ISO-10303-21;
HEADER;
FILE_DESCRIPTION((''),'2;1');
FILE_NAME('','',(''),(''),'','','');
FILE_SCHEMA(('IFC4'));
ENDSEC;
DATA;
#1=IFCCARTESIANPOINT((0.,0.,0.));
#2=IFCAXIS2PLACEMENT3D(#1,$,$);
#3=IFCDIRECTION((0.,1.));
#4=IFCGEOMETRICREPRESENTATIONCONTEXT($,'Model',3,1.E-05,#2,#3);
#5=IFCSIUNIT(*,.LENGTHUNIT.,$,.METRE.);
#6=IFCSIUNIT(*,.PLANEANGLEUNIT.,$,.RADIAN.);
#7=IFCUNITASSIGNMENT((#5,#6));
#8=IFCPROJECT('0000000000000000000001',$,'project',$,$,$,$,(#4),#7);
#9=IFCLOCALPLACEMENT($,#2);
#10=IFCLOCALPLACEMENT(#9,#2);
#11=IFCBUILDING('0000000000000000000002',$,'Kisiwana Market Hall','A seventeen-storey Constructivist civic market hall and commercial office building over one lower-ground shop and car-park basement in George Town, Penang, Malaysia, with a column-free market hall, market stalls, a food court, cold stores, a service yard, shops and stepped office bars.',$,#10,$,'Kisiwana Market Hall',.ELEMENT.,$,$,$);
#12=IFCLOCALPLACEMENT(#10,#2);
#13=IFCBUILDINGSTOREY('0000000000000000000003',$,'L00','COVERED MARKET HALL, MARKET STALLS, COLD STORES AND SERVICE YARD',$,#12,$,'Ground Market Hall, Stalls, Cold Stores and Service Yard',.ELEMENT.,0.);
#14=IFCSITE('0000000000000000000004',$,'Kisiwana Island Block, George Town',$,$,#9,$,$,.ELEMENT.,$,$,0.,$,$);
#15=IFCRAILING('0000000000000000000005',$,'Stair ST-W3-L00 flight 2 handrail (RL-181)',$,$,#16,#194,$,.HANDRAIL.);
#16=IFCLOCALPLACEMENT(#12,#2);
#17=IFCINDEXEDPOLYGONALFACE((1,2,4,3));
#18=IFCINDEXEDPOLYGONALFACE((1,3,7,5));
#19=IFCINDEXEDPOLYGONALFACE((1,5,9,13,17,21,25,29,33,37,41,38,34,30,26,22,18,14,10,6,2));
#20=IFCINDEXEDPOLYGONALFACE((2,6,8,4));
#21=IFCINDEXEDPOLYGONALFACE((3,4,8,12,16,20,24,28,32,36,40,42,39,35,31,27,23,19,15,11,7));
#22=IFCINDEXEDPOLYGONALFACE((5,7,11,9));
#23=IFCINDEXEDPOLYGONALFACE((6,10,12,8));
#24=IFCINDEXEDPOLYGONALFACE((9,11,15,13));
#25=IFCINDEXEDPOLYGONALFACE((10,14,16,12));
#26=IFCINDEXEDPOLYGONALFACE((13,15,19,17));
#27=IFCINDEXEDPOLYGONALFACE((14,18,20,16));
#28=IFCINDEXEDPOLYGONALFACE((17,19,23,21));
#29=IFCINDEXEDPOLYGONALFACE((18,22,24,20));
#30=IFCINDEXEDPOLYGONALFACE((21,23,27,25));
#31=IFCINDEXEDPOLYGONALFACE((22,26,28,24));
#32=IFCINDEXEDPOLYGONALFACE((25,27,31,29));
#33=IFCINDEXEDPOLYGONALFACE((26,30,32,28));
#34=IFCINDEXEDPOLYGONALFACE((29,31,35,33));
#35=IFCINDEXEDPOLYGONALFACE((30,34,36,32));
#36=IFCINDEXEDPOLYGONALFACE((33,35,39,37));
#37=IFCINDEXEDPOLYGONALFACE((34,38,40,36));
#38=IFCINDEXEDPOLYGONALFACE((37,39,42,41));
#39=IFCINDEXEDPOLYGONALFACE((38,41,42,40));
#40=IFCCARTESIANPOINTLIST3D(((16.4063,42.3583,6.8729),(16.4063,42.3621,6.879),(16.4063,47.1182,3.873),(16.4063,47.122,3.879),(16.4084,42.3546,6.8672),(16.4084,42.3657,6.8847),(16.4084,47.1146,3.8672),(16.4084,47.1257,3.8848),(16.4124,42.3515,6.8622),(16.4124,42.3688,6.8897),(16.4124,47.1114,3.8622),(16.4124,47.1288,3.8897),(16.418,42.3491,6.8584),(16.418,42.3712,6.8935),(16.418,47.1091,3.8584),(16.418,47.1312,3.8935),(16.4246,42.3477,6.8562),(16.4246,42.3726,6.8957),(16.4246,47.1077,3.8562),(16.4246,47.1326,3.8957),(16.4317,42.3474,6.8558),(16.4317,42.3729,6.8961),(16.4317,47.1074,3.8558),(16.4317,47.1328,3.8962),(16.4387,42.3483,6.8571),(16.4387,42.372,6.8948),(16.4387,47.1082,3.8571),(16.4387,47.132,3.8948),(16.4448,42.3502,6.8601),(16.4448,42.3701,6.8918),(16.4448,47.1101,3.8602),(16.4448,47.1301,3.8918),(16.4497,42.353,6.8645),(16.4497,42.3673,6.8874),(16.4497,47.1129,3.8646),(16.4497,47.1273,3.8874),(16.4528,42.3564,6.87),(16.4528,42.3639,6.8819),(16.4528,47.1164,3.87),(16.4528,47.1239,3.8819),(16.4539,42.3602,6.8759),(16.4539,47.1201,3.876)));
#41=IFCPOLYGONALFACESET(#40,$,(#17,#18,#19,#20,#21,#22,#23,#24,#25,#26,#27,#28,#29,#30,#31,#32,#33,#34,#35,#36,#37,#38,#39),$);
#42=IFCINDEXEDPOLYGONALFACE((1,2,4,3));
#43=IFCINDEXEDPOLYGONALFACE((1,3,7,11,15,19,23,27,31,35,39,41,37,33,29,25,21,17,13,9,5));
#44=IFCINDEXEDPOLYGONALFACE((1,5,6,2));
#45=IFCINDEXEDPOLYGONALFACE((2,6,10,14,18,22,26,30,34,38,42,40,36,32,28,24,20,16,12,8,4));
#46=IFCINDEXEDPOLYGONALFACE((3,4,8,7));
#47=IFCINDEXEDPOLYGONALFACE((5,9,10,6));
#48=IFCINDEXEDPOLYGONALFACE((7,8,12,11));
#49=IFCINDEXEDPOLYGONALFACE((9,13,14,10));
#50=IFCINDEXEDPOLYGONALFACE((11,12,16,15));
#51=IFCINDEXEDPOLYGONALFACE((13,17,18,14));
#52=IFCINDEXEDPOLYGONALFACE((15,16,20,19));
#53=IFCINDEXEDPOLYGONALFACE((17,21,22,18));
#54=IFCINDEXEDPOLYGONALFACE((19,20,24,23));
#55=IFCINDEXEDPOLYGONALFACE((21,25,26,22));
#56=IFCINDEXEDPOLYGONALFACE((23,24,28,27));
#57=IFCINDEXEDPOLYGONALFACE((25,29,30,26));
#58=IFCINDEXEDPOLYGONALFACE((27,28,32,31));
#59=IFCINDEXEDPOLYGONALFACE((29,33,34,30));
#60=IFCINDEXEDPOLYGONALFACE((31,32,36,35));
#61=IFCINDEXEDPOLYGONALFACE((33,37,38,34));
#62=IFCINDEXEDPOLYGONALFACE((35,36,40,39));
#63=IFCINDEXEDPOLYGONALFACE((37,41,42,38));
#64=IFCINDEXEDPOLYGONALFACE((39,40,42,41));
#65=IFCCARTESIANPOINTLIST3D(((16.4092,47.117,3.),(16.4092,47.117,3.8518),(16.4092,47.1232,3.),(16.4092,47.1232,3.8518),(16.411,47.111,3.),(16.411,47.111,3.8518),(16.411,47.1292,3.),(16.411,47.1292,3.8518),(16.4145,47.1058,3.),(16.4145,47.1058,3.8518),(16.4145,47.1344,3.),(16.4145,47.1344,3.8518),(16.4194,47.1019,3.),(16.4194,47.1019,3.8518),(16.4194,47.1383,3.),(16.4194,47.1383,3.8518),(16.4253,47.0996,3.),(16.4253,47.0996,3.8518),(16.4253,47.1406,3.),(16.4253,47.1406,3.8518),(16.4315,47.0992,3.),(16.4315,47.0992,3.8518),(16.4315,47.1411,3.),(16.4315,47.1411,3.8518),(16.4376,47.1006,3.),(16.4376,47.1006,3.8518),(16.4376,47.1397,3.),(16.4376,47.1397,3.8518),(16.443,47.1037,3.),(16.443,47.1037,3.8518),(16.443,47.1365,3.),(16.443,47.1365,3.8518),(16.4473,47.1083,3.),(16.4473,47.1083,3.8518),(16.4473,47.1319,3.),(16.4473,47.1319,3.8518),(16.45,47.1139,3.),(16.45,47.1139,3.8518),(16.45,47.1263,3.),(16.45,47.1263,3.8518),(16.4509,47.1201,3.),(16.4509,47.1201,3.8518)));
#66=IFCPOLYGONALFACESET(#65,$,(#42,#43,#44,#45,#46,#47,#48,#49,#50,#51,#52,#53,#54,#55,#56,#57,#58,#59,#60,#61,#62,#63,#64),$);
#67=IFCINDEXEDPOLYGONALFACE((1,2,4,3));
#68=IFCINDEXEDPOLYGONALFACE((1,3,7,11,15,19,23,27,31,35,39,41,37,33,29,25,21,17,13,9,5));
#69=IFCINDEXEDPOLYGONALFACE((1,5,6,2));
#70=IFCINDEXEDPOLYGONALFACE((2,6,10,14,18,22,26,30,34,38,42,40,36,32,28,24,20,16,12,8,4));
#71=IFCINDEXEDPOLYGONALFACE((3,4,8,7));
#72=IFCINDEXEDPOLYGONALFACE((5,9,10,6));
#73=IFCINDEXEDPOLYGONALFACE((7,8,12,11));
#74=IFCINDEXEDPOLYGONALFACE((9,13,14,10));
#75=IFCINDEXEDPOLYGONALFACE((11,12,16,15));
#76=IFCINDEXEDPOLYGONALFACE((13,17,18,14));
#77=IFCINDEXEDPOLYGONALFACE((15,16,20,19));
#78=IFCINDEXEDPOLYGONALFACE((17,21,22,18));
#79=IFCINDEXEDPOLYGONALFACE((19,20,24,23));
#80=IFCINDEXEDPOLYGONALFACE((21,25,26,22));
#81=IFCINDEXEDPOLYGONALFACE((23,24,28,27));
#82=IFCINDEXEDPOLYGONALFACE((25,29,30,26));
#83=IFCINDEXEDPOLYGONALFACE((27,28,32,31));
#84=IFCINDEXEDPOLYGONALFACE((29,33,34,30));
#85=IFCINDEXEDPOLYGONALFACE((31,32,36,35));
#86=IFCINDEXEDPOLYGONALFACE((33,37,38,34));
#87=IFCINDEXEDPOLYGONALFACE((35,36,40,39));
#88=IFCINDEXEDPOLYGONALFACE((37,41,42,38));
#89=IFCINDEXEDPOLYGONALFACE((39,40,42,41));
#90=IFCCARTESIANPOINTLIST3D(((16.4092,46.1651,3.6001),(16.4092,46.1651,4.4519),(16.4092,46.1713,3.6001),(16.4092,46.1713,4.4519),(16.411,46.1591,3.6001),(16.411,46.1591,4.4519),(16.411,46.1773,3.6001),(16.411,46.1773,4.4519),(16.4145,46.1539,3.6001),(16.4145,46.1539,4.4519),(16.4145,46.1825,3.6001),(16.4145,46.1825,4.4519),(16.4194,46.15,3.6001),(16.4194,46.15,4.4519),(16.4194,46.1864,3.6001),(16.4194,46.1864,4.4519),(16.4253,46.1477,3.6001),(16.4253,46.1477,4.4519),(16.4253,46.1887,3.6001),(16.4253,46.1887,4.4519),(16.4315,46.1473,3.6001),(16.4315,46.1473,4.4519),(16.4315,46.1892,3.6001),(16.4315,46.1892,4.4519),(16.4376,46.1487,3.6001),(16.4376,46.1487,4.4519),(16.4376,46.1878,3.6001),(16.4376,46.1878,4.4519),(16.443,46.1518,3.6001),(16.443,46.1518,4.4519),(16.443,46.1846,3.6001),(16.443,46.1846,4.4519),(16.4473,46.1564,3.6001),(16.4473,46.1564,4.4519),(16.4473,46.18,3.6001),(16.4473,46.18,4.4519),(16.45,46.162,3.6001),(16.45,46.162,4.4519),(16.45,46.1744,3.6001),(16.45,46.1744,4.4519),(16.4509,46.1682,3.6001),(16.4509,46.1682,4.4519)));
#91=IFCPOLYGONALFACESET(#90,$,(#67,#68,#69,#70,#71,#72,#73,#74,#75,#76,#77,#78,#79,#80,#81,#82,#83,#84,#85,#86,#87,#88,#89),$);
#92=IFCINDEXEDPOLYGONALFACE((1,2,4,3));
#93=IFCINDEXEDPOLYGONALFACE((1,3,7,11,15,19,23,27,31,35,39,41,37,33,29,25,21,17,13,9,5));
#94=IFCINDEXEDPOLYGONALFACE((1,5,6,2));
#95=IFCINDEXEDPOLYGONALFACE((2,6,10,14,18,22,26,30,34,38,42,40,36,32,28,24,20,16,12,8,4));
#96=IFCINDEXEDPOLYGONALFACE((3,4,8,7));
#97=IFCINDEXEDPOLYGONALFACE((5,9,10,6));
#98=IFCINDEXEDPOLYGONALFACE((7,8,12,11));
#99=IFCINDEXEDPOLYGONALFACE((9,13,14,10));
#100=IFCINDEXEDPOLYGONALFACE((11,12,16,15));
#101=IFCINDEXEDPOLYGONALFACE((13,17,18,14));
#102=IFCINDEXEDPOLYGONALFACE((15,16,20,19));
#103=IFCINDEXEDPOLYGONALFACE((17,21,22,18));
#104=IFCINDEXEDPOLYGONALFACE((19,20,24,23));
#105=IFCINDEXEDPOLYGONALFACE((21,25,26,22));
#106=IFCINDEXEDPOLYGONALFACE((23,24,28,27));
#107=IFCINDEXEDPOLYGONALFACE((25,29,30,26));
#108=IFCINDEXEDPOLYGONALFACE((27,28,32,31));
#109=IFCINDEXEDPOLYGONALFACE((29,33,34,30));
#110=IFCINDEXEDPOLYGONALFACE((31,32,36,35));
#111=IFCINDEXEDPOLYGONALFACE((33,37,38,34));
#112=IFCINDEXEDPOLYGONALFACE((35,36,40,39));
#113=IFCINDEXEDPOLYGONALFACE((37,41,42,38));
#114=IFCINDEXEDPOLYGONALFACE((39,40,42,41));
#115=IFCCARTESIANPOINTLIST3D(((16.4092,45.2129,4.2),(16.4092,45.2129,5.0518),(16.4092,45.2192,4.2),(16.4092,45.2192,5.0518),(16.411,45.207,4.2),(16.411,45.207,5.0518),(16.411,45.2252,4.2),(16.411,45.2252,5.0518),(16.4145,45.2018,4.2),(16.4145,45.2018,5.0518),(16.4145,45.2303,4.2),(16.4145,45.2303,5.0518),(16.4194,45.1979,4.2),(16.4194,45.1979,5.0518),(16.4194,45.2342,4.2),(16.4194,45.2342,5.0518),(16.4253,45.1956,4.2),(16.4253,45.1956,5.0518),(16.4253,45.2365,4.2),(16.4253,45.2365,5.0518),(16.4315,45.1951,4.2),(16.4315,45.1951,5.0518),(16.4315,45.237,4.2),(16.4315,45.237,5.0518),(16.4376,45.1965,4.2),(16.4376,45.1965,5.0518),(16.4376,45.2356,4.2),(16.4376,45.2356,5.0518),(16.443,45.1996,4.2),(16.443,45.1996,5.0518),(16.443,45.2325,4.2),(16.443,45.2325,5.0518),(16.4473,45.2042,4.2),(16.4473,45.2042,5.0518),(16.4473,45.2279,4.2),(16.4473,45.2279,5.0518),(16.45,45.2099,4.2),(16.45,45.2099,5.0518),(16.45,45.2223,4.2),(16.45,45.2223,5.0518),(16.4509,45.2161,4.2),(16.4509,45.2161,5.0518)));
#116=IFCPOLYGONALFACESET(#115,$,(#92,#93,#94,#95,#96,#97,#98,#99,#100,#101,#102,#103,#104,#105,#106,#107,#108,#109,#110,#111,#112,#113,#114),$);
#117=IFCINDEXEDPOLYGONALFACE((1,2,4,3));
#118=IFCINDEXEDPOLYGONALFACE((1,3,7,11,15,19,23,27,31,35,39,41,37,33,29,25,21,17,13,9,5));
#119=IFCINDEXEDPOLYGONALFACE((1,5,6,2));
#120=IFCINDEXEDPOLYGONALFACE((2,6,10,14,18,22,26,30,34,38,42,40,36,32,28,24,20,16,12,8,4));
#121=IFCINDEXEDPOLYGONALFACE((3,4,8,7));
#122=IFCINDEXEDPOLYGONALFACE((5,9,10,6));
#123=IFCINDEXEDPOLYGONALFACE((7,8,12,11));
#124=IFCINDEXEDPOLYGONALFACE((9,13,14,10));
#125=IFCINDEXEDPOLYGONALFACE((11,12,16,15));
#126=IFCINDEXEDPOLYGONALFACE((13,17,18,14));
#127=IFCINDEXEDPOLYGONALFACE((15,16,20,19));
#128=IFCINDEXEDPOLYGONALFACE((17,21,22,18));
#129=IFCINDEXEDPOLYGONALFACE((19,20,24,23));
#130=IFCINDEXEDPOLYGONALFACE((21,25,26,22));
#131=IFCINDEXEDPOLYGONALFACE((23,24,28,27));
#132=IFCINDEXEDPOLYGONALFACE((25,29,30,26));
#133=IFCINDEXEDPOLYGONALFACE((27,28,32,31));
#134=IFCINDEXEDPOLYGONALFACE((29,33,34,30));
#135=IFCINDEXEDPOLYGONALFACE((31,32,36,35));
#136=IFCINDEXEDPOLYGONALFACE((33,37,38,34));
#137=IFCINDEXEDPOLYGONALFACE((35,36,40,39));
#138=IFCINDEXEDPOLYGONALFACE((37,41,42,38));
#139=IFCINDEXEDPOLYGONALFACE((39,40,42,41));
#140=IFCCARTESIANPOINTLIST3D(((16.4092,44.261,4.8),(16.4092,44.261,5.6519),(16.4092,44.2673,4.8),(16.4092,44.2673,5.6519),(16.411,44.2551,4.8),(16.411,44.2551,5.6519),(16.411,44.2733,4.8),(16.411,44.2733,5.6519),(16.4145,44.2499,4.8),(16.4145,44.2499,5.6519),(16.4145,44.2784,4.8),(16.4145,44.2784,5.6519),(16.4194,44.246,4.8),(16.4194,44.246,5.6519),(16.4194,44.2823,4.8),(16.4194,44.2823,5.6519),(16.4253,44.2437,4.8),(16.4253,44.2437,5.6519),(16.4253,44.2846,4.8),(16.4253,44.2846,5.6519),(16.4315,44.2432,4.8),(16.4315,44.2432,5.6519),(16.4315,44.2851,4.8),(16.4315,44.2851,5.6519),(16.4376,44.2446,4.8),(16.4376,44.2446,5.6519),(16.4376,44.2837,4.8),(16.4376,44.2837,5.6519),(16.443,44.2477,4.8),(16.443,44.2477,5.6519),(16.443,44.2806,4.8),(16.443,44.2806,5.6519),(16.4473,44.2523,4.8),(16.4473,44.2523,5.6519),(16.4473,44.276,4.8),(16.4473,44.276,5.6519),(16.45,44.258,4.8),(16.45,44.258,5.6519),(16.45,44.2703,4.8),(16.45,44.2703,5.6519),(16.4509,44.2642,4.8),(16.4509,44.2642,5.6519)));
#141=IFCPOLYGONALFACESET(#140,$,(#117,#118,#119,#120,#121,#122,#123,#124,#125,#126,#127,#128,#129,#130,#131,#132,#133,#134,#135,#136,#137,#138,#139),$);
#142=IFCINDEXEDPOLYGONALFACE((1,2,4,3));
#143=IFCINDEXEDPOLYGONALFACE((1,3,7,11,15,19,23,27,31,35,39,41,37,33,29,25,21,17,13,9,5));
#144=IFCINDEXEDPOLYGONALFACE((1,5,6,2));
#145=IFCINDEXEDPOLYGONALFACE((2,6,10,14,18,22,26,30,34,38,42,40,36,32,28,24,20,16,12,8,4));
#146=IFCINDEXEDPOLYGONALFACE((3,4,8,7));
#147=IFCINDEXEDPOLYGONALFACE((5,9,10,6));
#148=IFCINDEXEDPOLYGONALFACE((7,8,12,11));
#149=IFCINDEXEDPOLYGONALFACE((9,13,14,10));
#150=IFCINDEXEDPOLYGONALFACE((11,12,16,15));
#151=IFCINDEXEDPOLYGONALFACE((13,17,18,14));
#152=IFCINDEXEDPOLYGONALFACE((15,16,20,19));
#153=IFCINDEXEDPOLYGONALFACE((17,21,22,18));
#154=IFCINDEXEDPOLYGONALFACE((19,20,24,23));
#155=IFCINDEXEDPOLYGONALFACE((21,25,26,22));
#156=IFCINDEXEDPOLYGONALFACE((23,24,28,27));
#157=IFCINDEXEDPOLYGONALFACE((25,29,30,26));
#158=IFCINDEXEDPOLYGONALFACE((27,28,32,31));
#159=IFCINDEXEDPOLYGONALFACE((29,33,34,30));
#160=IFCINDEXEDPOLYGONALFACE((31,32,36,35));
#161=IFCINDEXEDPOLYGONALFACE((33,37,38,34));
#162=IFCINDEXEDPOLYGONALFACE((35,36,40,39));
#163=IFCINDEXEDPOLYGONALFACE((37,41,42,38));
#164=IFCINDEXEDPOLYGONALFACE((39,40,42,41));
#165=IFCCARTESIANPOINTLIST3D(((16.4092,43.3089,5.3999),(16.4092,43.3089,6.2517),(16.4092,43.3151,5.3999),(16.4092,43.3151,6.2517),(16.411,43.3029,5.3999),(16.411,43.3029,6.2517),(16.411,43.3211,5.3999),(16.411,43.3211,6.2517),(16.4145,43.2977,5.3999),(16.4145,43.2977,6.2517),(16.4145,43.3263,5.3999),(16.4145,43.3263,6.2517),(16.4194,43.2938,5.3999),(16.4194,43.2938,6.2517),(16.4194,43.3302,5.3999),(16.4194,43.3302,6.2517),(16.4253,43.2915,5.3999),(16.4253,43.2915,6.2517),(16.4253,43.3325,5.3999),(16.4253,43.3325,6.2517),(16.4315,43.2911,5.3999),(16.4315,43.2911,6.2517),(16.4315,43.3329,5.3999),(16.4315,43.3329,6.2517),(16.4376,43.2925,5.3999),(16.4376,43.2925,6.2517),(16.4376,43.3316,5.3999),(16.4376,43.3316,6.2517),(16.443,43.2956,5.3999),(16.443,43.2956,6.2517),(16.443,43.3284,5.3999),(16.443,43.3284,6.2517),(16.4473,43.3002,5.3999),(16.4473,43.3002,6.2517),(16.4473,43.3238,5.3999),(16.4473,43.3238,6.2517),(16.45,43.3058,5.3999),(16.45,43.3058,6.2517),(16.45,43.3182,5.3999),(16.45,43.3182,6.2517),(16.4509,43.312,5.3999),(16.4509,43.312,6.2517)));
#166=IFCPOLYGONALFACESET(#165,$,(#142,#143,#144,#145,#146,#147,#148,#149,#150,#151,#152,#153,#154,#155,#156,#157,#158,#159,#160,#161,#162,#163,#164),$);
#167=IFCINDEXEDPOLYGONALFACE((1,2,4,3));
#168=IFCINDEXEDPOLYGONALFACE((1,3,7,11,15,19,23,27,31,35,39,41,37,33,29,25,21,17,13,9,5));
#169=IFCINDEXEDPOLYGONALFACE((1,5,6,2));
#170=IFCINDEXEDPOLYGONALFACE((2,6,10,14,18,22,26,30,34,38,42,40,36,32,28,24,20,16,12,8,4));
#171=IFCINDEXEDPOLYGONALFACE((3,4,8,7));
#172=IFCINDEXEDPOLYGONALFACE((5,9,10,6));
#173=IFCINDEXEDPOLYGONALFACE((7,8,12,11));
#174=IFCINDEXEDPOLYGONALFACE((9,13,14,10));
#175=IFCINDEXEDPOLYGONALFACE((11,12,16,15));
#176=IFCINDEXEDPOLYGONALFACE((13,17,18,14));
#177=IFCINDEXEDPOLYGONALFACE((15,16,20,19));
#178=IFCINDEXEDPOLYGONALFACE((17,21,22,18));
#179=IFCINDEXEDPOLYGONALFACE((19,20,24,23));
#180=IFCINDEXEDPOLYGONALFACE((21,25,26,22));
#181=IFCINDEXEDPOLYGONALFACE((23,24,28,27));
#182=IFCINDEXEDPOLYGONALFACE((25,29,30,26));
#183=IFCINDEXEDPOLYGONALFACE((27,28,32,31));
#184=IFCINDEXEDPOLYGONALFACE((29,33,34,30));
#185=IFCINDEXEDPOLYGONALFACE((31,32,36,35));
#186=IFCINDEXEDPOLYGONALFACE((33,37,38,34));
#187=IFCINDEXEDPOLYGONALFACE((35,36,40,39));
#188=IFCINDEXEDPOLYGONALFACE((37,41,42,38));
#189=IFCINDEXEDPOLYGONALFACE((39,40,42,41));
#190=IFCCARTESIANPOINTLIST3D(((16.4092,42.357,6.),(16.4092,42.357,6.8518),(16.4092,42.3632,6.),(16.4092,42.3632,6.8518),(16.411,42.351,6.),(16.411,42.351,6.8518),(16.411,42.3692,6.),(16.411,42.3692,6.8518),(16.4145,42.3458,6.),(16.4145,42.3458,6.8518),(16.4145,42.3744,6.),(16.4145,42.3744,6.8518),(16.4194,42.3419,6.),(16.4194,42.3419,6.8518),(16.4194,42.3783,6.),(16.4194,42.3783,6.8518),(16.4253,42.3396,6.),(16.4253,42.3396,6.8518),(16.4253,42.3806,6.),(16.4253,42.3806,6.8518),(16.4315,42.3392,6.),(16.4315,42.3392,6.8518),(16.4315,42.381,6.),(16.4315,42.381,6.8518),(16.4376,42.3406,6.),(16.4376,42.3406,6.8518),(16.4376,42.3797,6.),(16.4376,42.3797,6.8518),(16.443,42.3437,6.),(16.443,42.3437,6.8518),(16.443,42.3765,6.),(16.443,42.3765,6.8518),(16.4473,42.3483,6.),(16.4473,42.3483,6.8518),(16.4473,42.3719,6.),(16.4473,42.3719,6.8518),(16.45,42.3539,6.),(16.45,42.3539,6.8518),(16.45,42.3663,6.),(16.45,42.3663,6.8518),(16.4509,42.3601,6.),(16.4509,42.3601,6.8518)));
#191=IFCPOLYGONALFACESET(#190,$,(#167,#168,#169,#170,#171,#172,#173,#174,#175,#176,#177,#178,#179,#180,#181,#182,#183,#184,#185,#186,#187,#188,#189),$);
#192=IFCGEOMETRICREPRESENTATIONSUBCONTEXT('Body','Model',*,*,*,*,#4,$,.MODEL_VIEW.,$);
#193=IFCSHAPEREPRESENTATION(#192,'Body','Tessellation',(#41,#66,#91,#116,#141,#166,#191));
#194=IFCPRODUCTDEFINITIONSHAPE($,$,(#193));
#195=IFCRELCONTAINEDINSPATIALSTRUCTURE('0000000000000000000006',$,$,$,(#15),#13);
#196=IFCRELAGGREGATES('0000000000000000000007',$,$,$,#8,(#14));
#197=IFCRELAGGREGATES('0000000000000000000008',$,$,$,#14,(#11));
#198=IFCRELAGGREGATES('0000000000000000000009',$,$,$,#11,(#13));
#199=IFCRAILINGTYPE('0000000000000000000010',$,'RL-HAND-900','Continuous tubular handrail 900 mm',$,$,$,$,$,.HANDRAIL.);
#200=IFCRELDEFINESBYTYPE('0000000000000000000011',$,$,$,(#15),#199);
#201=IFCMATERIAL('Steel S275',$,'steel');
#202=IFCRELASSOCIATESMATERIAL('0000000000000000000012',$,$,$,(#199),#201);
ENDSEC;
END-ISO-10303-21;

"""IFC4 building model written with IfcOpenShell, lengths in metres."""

from ifc_helpers import new_model, si_unit, direction, frame, origin, origin_2d, place, context, subcontext, project, spatial, circle, extrude, material, type_object, element, save


model = new_model("IFC4")

# Units and contexts
model_context = context("Model", 3, precision=1e-05, world=origin(), true_north=direction((0.0, 1.0)))
body_context = subcontext(model_context, "Body", "Model", "MODEL_VIEW")
ifc_project = project(units=[si_unit("LENGTHUNIT", "METRE"), si_unit("PLANEANGLEUNIT", "RADIAN")], contexts=[model_context])

# Site, building, storey
site_placement = place(None, origin())
site = spatial("IfcSite", under=ifc_project, at=site_placement, Name="Kisiwana Island Block, George Town", CompositionType="ELEMENT", RefElevation=0.0)
building_placement = place(site_placement, origin())
building = spatial("IfcBuilding", under=site, at=building_placement, Name="Kisiwana Market Hall", Description="A seventeen-storey Constructivist civic market hall and commercial office building over one lower-ground shop and car-park basement in George Town, Penang, Malaysia, with a column-free market hall, market stalls, a food court, cold stores, a service yard, shops and stepped office bars.", LongName="Kisiwana Market Hall", CompositionType="ELEMENT")
storey_placement = place(building_placement, origin())
storey = spatial("IfcBuildingStorey", under=building, at=storey_placement, Name="L00", Description="COVERED MARKET HALL, MARKET STALLS, COLD STORES AND SERVICE YARD", LongName="Ground Market Hall, Stalls, Cold Stores and Service Yard", CompositionType="ELEMENT", Elevation=0.0)

# Railing
ifc_material_1 = material(Name="Steel S275", Category="steel")
railing_type_1 = type_object("IfcRailingType", Name="RL-HAND-900", Description="Continuous tubular handrail 900 mm", PredefinedType="HANDRAIL", material=ifc_material_1)
railing_1_placement = place(storey_placement, frame((16.4299, 47.1201, 3.0)))
element("IfcRailing", 1, at=railing_1_placement, inside=storey, type_object=railing_type_1, Name="Stair ST-W3-L00 flight 2 handrail (RL-181)", PredefinedType="HANDRAIL", context=body_context, shape_type="SweptSolid", body=[
    extrude(circle(Radius=0.0239, at=origin_2d()), frame((0.0, 0.0, 0.876), z_axis=(0.0, -0.845996, 0.53319), x_axis=(1.0, 0.0, 0.0)), (0.0, 0.0, 1.0), 5.6265),
    extrude(circle(Radius=0.021, at=origin_2d()), origin(), (0.0, 0.0, 1.0), 0.8518),
    extrude(circle(Radius=0.021, at=origin_2d()), frame((0.0, -0.9519, 0.6001)), (0.0, 0.0, 1.0), 0.8518),
    extrude(circle(Radius=0.021, at=origin_2d()), frame((0.0, -1.9041, 1.2)), (0.0, 0.0, 1.0), 0.8518),
    extrude(circle(Radius=0.021, at=origin_2d()), frame((0.0, -2.856, 1.8)), (0.0, 0.0, 1.0), 0.8518),
    extrude(circle(Radius=0.021, at=origin_2d()), frame((0.0, -3.8081, 2.3999)), (0.0, 0.0, 1.0), 0.8518),
    extrude(circle(Radius=0.021, at=origin_2d()), frame((0.0, -4.76, 3.0)), (0.0, 0.0, 1.0), 0.8518),
])

save(model, "model.ifc")
